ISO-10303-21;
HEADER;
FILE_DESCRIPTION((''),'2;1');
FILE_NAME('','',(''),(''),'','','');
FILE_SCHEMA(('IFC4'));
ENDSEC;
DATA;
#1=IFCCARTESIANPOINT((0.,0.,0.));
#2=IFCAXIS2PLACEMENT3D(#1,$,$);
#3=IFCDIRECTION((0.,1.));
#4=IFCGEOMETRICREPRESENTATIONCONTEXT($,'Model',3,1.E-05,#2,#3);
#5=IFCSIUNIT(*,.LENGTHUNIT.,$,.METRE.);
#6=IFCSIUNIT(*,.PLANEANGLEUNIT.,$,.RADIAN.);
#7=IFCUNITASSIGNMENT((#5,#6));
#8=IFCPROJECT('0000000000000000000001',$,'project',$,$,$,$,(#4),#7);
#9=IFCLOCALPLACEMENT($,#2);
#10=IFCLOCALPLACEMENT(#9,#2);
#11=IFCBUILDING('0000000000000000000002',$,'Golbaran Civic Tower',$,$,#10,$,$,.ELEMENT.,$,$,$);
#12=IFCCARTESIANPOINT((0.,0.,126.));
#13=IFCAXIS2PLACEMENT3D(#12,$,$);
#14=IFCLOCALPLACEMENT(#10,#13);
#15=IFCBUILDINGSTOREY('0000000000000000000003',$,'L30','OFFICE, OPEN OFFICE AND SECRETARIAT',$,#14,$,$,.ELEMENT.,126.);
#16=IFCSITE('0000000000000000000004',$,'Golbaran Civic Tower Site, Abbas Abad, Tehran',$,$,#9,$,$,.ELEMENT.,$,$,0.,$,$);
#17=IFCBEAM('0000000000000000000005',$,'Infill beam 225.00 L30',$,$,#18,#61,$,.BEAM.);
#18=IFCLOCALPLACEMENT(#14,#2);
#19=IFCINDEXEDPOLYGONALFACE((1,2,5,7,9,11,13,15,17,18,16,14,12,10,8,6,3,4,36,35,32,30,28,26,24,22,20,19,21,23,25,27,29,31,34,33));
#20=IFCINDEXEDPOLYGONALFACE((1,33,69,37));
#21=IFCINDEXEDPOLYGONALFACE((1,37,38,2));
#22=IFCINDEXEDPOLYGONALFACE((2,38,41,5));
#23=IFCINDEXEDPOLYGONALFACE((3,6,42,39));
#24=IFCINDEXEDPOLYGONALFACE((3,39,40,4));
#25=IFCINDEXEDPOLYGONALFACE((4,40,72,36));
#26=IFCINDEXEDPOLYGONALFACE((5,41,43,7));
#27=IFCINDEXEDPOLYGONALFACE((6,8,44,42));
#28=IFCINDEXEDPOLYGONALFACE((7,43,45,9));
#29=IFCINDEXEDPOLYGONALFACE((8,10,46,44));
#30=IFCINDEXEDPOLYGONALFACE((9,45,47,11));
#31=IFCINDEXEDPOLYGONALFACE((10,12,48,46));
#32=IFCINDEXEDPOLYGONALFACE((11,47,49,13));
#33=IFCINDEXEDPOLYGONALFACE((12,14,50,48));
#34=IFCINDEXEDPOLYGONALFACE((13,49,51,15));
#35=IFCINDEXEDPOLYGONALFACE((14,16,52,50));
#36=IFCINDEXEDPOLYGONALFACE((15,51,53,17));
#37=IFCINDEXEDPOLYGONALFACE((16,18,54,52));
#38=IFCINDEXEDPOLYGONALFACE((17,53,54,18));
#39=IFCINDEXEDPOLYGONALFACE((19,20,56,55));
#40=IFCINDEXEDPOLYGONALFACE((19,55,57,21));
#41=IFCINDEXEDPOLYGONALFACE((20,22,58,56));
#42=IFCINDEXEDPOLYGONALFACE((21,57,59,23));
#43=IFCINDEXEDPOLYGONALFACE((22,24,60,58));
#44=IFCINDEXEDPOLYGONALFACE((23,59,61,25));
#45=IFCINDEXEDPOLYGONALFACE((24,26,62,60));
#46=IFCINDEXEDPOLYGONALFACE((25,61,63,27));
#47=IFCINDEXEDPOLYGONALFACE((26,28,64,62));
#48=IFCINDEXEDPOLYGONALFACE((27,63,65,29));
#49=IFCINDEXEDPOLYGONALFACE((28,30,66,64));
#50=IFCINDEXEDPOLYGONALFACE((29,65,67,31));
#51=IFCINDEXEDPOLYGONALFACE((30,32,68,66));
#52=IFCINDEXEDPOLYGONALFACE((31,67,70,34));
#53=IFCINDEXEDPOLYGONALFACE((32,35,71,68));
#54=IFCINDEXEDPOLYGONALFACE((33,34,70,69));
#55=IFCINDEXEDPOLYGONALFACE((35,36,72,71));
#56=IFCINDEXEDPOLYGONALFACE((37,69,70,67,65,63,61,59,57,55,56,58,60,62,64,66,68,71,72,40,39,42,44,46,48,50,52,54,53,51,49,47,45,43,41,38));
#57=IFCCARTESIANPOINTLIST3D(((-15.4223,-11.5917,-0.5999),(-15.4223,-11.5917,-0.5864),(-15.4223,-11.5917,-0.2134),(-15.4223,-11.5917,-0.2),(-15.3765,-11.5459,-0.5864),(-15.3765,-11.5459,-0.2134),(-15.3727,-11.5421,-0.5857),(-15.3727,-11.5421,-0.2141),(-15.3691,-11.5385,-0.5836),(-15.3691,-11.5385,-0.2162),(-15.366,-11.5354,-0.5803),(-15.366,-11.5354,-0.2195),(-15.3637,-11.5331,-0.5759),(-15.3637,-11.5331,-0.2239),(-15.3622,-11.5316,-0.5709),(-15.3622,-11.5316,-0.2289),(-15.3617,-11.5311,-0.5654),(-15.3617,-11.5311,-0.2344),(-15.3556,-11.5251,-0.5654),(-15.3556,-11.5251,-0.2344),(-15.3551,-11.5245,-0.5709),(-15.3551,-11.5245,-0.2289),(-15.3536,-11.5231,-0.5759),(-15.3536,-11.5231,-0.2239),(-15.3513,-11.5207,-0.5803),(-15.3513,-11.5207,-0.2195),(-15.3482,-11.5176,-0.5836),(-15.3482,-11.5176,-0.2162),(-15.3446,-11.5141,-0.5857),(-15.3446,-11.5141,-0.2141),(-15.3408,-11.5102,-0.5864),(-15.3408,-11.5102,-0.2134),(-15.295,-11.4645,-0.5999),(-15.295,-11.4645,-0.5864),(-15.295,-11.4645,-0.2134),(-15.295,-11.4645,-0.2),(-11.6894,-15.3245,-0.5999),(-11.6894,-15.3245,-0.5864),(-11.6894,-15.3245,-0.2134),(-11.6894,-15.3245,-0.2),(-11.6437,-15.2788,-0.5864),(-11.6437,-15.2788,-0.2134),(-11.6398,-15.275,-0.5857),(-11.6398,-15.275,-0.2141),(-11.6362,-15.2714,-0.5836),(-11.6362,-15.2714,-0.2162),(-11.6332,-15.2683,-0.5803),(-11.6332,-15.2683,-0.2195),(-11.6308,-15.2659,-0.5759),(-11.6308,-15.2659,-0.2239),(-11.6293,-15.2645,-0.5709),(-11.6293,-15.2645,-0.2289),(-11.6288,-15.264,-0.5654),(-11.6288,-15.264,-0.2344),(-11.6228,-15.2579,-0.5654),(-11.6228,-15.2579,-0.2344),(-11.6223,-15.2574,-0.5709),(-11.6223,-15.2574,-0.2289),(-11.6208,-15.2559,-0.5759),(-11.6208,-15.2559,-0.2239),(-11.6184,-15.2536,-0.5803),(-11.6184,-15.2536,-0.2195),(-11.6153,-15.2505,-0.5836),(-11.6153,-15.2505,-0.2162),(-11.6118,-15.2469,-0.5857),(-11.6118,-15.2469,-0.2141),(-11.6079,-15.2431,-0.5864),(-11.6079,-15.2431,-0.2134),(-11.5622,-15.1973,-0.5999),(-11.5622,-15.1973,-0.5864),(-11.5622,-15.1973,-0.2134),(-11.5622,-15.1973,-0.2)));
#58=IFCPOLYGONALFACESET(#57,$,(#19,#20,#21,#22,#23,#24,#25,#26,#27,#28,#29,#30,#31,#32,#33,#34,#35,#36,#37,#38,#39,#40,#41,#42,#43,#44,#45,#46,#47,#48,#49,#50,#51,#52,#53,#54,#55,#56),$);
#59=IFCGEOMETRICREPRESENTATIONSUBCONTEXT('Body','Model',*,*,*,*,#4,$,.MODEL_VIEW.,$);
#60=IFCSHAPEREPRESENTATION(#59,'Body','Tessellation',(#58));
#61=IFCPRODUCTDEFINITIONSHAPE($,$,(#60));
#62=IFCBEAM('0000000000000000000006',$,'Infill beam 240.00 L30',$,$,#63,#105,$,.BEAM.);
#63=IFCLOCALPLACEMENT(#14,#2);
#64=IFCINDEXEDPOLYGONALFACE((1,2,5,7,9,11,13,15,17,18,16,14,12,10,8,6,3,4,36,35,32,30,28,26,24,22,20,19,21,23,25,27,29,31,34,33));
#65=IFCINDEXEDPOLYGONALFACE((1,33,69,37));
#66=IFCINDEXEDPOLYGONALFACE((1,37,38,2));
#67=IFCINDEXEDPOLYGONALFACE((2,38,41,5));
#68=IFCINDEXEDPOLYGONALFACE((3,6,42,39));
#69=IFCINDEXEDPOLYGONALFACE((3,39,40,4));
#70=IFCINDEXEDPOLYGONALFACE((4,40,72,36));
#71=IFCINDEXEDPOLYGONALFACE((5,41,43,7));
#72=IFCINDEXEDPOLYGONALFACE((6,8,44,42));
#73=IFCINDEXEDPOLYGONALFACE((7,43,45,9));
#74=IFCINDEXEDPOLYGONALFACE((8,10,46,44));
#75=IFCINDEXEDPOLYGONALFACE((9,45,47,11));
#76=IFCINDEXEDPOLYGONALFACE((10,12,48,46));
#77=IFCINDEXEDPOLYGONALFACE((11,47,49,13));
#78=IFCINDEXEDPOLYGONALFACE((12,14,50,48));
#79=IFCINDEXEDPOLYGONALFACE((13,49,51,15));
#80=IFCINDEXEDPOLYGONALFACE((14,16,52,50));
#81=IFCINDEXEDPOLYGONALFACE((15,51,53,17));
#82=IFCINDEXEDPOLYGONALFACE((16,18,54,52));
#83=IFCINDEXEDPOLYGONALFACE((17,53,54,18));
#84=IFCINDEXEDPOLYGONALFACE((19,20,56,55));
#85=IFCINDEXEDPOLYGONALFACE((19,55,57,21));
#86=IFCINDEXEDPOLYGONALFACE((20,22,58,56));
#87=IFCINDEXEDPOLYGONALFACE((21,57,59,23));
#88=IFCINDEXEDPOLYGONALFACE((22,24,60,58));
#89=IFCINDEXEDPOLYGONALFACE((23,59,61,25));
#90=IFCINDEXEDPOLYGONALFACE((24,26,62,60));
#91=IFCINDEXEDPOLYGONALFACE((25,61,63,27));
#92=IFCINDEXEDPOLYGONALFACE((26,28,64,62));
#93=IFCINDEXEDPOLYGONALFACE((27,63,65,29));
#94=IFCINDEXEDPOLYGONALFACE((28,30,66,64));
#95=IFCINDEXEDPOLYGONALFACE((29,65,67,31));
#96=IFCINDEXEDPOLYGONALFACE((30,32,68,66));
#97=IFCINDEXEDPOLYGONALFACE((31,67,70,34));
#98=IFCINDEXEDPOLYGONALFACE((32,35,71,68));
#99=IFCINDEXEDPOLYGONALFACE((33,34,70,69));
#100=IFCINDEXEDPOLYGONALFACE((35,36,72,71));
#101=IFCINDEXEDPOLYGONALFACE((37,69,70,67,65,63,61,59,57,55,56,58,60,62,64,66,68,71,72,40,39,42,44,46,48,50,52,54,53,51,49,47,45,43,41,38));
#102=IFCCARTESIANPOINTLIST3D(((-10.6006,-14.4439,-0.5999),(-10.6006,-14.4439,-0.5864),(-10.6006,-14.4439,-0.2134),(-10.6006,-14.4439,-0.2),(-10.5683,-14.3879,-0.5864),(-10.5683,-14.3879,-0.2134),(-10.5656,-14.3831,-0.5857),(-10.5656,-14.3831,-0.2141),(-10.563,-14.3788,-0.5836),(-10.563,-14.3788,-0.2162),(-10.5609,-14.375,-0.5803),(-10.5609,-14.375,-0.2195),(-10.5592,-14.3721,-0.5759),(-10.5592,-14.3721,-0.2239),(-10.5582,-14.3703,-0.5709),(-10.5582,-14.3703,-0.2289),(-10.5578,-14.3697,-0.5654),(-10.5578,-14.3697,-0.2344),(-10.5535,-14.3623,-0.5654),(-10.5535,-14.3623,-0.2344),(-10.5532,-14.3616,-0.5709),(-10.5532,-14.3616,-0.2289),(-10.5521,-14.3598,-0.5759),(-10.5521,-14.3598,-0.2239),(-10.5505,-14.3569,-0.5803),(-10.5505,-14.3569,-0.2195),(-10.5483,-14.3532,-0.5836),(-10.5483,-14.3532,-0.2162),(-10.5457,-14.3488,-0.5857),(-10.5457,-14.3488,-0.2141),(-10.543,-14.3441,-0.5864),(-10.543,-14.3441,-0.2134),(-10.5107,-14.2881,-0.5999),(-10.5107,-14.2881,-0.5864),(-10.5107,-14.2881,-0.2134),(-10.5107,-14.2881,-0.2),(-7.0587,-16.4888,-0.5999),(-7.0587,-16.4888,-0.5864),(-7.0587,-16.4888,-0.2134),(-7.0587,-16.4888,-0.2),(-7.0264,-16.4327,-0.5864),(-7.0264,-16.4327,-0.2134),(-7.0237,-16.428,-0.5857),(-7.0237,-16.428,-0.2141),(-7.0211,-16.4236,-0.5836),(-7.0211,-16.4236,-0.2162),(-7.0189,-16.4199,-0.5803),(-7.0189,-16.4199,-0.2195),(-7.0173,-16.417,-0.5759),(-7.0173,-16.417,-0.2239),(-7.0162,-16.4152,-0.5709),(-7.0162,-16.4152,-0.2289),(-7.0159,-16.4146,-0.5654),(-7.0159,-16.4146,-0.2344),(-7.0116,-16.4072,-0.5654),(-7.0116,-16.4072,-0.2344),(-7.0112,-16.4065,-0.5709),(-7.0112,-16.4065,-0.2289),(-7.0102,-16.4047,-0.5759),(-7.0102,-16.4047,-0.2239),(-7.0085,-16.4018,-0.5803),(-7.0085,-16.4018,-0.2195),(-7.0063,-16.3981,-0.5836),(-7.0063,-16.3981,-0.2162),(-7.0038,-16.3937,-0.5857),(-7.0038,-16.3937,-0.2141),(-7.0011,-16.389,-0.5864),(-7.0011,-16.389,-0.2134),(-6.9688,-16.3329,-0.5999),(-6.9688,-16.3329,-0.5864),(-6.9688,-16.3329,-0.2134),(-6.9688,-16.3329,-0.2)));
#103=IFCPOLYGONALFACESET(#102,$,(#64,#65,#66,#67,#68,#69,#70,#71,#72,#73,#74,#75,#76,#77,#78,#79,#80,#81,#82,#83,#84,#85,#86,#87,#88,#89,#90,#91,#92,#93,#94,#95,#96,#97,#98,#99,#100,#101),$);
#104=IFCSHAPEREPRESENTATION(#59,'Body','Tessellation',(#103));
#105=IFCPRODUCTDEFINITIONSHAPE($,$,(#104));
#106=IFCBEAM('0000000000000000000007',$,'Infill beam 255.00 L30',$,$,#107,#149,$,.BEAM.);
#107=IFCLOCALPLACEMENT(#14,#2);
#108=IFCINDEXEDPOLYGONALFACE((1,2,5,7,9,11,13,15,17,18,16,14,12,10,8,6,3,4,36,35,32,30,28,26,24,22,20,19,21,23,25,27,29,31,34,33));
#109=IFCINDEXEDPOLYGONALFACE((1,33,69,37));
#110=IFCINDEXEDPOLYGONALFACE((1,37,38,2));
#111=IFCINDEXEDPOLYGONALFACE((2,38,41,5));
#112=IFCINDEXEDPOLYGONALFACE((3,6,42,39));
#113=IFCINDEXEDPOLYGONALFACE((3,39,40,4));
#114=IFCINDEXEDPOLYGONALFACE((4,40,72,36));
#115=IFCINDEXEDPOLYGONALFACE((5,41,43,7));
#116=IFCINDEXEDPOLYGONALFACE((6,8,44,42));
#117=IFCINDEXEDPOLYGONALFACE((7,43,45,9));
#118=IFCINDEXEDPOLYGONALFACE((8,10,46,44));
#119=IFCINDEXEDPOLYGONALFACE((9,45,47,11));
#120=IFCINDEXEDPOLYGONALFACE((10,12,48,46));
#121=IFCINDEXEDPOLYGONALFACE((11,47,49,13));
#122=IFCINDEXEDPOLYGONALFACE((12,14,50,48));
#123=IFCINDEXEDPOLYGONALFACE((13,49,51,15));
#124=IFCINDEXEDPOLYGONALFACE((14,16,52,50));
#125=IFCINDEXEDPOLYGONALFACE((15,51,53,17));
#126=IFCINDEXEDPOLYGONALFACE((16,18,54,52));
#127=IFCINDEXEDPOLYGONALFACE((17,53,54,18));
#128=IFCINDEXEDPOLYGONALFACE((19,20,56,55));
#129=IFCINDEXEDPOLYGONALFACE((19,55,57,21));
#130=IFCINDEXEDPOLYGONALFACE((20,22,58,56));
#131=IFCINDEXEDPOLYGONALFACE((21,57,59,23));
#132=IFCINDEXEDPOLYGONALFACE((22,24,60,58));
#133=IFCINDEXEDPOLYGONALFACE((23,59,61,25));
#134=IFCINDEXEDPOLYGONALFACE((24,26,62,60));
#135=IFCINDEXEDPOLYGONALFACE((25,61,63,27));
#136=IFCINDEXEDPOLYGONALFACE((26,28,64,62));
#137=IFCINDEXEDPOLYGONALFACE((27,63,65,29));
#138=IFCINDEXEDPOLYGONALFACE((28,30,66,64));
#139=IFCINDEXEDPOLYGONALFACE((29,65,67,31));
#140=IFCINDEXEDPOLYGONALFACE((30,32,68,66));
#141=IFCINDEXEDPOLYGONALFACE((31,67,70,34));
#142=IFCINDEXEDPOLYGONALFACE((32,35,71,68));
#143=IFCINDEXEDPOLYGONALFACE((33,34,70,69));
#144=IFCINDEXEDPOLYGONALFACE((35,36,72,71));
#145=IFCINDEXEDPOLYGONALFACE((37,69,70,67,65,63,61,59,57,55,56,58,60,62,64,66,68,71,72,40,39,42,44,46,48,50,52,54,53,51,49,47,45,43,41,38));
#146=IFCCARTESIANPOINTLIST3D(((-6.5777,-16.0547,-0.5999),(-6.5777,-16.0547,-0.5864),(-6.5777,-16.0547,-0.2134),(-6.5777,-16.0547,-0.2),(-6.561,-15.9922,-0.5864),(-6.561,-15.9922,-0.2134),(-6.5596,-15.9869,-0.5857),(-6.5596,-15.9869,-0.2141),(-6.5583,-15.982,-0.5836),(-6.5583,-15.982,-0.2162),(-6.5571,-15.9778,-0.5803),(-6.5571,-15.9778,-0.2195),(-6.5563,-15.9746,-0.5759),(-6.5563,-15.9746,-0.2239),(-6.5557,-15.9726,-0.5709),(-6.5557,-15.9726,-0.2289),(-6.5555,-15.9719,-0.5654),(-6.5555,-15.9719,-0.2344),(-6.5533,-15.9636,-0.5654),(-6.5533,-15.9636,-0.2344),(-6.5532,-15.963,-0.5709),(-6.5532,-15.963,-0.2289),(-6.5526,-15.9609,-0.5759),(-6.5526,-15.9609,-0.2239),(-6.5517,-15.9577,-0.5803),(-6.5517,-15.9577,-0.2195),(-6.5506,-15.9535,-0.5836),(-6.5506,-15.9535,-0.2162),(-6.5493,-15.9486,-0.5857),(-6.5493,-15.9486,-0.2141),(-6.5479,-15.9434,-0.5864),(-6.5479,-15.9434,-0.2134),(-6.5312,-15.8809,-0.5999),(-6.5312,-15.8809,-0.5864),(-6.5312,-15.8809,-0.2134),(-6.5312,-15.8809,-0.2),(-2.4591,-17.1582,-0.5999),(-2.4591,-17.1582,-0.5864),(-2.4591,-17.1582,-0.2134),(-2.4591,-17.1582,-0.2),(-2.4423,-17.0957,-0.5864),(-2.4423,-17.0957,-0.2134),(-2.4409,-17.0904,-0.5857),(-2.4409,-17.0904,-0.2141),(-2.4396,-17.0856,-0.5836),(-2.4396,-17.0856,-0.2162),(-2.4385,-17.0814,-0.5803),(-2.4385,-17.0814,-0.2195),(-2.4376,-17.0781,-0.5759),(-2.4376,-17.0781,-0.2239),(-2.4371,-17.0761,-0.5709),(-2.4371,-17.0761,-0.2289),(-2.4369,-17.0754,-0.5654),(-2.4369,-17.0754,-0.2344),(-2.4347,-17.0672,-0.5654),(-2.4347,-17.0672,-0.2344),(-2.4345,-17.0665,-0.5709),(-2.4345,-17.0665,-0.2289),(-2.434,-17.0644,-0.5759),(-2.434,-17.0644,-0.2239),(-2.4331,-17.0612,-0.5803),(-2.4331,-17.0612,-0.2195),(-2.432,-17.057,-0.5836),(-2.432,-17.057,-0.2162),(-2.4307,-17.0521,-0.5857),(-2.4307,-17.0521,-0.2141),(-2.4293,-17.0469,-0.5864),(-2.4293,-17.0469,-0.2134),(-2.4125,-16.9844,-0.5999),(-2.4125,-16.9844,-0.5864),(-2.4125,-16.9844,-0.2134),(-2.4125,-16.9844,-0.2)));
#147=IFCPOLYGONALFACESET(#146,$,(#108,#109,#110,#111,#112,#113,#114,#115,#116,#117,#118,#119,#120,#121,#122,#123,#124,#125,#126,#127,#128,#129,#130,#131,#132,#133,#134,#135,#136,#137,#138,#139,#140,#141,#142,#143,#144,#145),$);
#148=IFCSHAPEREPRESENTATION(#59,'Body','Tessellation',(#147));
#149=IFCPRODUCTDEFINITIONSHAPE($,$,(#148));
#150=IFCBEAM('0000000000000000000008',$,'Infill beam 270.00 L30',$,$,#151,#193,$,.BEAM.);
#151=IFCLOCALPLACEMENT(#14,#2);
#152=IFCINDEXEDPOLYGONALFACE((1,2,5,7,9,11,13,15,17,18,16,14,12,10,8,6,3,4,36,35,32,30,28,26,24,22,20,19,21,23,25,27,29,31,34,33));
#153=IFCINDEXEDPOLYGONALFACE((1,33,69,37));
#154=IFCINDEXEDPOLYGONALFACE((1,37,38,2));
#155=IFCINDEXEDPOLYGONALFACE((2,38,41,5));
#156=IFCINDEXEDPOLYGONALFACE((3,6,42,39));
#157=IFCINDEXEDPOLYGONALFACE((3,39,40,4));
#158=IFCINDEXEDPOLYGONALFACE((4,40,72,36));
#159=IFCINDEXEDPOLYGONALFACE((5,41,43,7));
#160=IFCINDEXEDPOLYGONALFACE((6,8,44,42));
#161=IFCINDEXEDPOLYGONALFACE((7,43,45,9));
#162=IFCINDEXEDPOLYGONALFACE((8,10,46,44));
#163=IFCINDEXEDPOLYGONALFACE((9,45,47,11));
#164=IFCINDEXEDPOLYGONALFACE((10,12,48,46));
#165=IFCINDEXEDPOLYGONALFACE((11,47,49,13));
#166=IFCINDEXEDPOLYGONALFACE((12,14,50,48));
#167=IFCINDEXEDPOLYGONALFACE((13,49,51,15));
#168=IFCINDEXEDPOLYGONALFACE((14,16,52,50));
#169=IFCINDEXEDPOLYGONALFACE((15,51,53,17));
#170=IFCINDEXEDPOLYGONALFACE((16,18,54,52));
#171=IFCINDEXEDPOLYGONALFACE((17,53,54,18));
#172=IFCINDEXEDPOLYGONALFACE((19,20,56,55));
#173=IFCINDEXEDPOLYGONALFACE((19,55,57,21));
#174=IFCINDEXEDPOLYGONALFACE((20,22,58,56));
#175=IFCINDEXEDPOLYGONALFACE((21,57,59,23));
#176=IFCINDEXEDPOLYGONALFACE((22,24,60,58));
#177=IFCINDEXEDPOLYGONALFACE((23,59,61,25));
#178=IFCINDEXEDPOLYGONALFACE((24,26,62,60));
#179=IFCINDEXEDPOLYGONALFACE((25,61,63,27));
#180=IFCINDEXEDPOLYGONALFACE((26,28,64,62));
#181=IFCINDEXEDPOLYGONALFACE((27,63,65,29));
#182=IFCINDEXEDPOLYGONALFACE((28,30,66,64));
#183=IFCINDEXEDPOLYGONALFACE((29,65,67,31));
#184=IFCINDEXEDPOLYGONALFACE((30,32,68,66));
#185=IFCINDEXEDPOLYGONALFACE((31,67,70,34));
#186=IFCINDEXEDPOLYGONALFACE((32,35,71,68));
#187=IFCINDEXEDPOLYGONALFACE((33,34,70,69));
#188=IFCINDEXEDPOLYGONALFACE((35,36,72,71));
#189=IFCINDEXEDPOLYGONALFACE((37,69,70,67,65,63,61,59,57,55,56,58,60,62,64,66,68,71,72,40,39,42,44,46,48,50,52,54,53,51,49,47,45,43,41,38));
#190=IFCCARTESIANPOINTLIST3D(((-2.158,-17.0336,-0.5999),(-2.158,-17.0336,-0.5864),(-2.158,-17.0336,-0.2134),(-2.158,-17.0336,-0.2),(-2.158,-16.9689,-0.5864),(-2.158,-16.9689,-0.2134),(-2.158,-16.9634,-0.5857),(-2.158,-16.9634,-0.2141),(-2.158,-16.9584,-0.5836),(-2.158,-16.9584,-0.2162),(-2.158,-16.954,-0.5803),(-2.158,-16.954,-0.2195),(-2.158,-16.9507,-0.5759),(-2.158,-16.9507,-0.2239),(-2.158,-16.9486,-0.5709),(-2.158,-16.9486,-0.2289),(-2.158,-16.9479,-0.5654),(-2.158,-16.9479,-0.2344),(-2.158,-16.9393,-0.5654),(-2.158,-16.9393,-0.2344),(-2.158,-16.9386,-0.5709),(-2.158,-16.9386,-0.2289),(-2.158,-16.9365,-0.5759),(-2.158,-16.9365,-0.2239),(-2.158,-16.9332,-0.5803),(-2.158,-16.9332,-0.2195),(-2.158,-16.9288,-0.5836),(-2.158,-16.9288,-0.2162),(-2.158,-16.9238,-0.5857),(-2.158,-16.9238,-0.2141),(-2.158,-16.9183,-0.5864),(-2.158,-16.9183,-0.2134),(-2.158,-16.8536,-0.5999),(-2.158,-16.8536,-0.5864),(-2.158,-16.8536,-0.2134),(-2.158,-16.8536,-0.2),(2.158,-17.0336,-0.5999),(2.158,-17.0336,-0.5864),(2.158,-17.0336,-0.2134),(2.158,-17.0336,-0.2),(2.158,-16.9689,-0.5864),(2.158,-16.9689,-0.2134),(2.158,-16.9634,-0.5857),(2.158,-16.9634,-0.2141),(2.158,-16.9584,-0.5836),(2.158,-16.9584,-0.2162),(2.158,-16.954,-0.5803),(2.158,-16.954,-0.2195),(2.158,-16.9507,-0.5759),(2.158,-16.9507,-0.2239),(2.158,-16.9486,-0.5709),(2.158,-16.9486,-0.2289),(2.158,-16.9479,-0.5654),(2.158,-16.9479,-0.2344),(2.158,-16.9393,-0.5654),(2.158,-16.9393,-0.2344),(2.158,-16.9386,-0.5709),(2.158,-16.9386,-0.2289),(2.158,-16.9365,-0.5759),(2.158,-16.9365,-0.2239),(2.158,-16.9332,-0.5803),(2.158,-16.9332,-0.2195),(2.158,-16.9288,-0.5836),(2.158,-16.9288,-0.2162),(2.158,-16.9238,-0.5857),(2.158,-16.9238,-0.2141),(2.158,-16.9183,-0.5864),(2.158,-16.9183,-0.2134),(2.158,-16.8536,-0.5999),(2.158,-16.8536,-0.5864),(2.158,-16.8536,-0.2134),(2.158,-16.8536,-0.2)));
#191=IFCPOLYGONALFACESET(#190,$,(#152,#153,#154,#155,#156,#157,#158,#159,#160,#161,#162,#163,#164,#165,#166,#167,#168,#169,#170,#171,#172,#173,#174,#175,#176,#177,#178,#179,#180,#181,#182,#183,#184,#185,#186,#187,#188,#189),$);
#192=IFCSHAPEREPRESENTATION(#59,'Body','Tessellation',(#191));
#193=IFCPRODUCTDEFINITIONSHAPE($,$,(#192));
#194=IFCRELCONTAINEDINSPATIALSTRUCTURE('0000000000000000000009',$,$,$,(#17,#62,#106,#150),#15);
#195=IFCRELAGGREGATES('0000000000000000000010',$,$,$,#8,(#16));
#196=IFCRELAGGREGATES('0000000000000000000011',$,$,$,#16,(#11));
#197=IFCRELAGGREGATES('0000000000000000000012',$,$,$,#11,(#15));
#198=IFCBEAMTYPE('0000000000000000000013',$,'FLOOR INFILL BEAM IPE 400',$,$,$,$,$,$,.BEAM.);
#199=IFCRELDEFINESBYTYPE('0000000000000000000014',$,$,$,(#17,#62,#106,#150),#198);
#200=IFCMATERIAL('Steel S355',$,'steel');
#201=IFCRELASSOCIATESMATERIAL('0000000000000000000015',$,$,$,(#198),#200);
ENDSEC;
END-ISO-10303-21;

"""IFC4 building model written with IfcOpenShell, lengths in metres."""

from ifc_helpers import new_model, si_unit, direction, frame, origin, origin_2d, place, context, subcontext, project, spatial, i_section, extrude, material, material_profile, profile_set, type_object, element, save


model = new_model("IFC4")

# Units and contexts
model_context = context("Model", 3, precision=1e-05, world=origin(), true_north=direction((0.0, 1.0)))
body_context = subcontext(model_context, "Body", "Model", "MODEL_VIEW")
ifc_project = project(units=[si_unit("LENGTHUNIT", "METRE"), si_unit("PLANEANGLEUNIT", "RADIAN")], contexts=[model_context])

# Site, building, storey
site_placement = place(None, origin())
site = spatial("IfcSite", under=ifc_project, at=site_placement, Name="Golbaran Civic Tower Site, Abbas Abad, Tehran", CompositionType="ELEMENT", RefElevation=0.0)
building_placement = place(site_placement, origin())
building = spatial("IfcBuilding", under=site, at=building_placement, Name="Golbaran Civic Tower", CompositionType="ELEMENT")
storey_placement = place(building_placement, frame((0.0, 0.0, 126.0)))
storey = spatial("IfcBuildingStorey", under=building, at=storey_placement, Name="L30", Description="OFFICE, OPEN OFFICE AND SECRETARIAT", CompositionType="ELEMENT", Elevation=126.0)

# Beams
ifc_material_1 = material(Name="Steel S355", Category="steel")
ifc_material_profile_1 = material_profile(ifc_material_1, i_section(OverallWidth=0.1799, OverallDepth=0.3999, WebThickness=0.0085, FlangeThickness=0.0134, FilletRadius=0.021, at=origin_2d()), Name="IPE 400")
ifc_profile_set_1 = profile_set([ifc_material_profile_1], Name="Steel S355")
beam_type_1 = type_object("IfcBeamType", Name="FLOOR INFILL BEAM IPE 400", PredefinedType="BEAM", material=ifc_profile_set_1)
beam_1_placement = place(storey_placement, frame((-15.3586, -11.5281, -0.3999), z_axis=(0.707107, -0.707107, 0.0), x_axis=(0.707107, 0.707107, 0.0)))
element("IfcBeam", 1, at=beam_1_placement, inside=storey, type_object=beam_type_1, Name="Infill beam 225.00 L30", PredefinedType="BEAM", context=body_context, shape_type="SweptSolid", body=[
    extrude(i_section(OverallWidth=0.1799, OverallDepth=0.3999, WebThickness=0.0085, FlangeThickness=0.0134, FilletRadius=0.021, at=origin_2d()), origin(), (0.0, 0.0, 1.0), 5.2791),
])
beam_2_placement = place(storey_placement, frame((-10.5557, -14.366, -0.3999), z_axis=(0.866031, -0.499991, 0.0), x_axis=(0.499991, 0.866031, 0.0)))
element("IfcBeam", 2, at=beam_2_placement, inside=storey, type_object=beam_type_1, Name="Infill beam 240.00 L30", PredefinedType="BEAM", context=body_context, shape_type="SweptSolid", body=[
    extrude(i_section(OverallWidth=0.1799, OverallDepth=0.3999, WebThickness=0.0085, FlangeThickness=0.0134, FilletRadius=0.021, at=origin_2d()), origin(), (0.0, 0.0, 1.0), 4.0898),
])
beam_3_placement = place(storey_placement, frame((-6.5544, -15.9678, -0.3999), z_axis=(0.96593, -0.258803, 0.0), x_axis=(0.258803, 0.96593, 0.0)))
element("IfcBeam", 3, at=beam_3_placement, inside=storey, type_object=beam_type_1, Name="Infill beam 255.00 L30", PredefinedType="BEAM", context=body_context, shape_type="SweptSolid", body=[
    extrude(i_section(OverallWidth=0.1799, OverallDepth=0.3999, WebThickness=0.0085, FlangeThickness=0.0134, FilletRadius=0.021, at=origin_2d()), origin(), (0.0, 0.0, 1.0), 4.2639),
])
beam_4_placement = place(storey_placement, frame((-2.158, -16.9436, -0.3999), z_axis=(1.0, 0.0, 0.0), x_axis=(0.0, 1.0, 0.0)))
element("IfcBeam", 4, at=beam_4_placement, inside=storey, type_object=beam_type_1, Name="Infill beam 270.00 L30", PredefinedType="BEAM", context=body_context, shape_type="SweptSolid", body=[
    extrude(i_section(OverallWidth=0.1799, OverallDepth=0.3999, WebThickness=0.0085, FlangeThickness=0.0134, FilletRadius=0.021, at=origin_2d()), origin(), (0.0, 0.0, 1.0), 4.3159),
])

save(model, "model.ifc")
